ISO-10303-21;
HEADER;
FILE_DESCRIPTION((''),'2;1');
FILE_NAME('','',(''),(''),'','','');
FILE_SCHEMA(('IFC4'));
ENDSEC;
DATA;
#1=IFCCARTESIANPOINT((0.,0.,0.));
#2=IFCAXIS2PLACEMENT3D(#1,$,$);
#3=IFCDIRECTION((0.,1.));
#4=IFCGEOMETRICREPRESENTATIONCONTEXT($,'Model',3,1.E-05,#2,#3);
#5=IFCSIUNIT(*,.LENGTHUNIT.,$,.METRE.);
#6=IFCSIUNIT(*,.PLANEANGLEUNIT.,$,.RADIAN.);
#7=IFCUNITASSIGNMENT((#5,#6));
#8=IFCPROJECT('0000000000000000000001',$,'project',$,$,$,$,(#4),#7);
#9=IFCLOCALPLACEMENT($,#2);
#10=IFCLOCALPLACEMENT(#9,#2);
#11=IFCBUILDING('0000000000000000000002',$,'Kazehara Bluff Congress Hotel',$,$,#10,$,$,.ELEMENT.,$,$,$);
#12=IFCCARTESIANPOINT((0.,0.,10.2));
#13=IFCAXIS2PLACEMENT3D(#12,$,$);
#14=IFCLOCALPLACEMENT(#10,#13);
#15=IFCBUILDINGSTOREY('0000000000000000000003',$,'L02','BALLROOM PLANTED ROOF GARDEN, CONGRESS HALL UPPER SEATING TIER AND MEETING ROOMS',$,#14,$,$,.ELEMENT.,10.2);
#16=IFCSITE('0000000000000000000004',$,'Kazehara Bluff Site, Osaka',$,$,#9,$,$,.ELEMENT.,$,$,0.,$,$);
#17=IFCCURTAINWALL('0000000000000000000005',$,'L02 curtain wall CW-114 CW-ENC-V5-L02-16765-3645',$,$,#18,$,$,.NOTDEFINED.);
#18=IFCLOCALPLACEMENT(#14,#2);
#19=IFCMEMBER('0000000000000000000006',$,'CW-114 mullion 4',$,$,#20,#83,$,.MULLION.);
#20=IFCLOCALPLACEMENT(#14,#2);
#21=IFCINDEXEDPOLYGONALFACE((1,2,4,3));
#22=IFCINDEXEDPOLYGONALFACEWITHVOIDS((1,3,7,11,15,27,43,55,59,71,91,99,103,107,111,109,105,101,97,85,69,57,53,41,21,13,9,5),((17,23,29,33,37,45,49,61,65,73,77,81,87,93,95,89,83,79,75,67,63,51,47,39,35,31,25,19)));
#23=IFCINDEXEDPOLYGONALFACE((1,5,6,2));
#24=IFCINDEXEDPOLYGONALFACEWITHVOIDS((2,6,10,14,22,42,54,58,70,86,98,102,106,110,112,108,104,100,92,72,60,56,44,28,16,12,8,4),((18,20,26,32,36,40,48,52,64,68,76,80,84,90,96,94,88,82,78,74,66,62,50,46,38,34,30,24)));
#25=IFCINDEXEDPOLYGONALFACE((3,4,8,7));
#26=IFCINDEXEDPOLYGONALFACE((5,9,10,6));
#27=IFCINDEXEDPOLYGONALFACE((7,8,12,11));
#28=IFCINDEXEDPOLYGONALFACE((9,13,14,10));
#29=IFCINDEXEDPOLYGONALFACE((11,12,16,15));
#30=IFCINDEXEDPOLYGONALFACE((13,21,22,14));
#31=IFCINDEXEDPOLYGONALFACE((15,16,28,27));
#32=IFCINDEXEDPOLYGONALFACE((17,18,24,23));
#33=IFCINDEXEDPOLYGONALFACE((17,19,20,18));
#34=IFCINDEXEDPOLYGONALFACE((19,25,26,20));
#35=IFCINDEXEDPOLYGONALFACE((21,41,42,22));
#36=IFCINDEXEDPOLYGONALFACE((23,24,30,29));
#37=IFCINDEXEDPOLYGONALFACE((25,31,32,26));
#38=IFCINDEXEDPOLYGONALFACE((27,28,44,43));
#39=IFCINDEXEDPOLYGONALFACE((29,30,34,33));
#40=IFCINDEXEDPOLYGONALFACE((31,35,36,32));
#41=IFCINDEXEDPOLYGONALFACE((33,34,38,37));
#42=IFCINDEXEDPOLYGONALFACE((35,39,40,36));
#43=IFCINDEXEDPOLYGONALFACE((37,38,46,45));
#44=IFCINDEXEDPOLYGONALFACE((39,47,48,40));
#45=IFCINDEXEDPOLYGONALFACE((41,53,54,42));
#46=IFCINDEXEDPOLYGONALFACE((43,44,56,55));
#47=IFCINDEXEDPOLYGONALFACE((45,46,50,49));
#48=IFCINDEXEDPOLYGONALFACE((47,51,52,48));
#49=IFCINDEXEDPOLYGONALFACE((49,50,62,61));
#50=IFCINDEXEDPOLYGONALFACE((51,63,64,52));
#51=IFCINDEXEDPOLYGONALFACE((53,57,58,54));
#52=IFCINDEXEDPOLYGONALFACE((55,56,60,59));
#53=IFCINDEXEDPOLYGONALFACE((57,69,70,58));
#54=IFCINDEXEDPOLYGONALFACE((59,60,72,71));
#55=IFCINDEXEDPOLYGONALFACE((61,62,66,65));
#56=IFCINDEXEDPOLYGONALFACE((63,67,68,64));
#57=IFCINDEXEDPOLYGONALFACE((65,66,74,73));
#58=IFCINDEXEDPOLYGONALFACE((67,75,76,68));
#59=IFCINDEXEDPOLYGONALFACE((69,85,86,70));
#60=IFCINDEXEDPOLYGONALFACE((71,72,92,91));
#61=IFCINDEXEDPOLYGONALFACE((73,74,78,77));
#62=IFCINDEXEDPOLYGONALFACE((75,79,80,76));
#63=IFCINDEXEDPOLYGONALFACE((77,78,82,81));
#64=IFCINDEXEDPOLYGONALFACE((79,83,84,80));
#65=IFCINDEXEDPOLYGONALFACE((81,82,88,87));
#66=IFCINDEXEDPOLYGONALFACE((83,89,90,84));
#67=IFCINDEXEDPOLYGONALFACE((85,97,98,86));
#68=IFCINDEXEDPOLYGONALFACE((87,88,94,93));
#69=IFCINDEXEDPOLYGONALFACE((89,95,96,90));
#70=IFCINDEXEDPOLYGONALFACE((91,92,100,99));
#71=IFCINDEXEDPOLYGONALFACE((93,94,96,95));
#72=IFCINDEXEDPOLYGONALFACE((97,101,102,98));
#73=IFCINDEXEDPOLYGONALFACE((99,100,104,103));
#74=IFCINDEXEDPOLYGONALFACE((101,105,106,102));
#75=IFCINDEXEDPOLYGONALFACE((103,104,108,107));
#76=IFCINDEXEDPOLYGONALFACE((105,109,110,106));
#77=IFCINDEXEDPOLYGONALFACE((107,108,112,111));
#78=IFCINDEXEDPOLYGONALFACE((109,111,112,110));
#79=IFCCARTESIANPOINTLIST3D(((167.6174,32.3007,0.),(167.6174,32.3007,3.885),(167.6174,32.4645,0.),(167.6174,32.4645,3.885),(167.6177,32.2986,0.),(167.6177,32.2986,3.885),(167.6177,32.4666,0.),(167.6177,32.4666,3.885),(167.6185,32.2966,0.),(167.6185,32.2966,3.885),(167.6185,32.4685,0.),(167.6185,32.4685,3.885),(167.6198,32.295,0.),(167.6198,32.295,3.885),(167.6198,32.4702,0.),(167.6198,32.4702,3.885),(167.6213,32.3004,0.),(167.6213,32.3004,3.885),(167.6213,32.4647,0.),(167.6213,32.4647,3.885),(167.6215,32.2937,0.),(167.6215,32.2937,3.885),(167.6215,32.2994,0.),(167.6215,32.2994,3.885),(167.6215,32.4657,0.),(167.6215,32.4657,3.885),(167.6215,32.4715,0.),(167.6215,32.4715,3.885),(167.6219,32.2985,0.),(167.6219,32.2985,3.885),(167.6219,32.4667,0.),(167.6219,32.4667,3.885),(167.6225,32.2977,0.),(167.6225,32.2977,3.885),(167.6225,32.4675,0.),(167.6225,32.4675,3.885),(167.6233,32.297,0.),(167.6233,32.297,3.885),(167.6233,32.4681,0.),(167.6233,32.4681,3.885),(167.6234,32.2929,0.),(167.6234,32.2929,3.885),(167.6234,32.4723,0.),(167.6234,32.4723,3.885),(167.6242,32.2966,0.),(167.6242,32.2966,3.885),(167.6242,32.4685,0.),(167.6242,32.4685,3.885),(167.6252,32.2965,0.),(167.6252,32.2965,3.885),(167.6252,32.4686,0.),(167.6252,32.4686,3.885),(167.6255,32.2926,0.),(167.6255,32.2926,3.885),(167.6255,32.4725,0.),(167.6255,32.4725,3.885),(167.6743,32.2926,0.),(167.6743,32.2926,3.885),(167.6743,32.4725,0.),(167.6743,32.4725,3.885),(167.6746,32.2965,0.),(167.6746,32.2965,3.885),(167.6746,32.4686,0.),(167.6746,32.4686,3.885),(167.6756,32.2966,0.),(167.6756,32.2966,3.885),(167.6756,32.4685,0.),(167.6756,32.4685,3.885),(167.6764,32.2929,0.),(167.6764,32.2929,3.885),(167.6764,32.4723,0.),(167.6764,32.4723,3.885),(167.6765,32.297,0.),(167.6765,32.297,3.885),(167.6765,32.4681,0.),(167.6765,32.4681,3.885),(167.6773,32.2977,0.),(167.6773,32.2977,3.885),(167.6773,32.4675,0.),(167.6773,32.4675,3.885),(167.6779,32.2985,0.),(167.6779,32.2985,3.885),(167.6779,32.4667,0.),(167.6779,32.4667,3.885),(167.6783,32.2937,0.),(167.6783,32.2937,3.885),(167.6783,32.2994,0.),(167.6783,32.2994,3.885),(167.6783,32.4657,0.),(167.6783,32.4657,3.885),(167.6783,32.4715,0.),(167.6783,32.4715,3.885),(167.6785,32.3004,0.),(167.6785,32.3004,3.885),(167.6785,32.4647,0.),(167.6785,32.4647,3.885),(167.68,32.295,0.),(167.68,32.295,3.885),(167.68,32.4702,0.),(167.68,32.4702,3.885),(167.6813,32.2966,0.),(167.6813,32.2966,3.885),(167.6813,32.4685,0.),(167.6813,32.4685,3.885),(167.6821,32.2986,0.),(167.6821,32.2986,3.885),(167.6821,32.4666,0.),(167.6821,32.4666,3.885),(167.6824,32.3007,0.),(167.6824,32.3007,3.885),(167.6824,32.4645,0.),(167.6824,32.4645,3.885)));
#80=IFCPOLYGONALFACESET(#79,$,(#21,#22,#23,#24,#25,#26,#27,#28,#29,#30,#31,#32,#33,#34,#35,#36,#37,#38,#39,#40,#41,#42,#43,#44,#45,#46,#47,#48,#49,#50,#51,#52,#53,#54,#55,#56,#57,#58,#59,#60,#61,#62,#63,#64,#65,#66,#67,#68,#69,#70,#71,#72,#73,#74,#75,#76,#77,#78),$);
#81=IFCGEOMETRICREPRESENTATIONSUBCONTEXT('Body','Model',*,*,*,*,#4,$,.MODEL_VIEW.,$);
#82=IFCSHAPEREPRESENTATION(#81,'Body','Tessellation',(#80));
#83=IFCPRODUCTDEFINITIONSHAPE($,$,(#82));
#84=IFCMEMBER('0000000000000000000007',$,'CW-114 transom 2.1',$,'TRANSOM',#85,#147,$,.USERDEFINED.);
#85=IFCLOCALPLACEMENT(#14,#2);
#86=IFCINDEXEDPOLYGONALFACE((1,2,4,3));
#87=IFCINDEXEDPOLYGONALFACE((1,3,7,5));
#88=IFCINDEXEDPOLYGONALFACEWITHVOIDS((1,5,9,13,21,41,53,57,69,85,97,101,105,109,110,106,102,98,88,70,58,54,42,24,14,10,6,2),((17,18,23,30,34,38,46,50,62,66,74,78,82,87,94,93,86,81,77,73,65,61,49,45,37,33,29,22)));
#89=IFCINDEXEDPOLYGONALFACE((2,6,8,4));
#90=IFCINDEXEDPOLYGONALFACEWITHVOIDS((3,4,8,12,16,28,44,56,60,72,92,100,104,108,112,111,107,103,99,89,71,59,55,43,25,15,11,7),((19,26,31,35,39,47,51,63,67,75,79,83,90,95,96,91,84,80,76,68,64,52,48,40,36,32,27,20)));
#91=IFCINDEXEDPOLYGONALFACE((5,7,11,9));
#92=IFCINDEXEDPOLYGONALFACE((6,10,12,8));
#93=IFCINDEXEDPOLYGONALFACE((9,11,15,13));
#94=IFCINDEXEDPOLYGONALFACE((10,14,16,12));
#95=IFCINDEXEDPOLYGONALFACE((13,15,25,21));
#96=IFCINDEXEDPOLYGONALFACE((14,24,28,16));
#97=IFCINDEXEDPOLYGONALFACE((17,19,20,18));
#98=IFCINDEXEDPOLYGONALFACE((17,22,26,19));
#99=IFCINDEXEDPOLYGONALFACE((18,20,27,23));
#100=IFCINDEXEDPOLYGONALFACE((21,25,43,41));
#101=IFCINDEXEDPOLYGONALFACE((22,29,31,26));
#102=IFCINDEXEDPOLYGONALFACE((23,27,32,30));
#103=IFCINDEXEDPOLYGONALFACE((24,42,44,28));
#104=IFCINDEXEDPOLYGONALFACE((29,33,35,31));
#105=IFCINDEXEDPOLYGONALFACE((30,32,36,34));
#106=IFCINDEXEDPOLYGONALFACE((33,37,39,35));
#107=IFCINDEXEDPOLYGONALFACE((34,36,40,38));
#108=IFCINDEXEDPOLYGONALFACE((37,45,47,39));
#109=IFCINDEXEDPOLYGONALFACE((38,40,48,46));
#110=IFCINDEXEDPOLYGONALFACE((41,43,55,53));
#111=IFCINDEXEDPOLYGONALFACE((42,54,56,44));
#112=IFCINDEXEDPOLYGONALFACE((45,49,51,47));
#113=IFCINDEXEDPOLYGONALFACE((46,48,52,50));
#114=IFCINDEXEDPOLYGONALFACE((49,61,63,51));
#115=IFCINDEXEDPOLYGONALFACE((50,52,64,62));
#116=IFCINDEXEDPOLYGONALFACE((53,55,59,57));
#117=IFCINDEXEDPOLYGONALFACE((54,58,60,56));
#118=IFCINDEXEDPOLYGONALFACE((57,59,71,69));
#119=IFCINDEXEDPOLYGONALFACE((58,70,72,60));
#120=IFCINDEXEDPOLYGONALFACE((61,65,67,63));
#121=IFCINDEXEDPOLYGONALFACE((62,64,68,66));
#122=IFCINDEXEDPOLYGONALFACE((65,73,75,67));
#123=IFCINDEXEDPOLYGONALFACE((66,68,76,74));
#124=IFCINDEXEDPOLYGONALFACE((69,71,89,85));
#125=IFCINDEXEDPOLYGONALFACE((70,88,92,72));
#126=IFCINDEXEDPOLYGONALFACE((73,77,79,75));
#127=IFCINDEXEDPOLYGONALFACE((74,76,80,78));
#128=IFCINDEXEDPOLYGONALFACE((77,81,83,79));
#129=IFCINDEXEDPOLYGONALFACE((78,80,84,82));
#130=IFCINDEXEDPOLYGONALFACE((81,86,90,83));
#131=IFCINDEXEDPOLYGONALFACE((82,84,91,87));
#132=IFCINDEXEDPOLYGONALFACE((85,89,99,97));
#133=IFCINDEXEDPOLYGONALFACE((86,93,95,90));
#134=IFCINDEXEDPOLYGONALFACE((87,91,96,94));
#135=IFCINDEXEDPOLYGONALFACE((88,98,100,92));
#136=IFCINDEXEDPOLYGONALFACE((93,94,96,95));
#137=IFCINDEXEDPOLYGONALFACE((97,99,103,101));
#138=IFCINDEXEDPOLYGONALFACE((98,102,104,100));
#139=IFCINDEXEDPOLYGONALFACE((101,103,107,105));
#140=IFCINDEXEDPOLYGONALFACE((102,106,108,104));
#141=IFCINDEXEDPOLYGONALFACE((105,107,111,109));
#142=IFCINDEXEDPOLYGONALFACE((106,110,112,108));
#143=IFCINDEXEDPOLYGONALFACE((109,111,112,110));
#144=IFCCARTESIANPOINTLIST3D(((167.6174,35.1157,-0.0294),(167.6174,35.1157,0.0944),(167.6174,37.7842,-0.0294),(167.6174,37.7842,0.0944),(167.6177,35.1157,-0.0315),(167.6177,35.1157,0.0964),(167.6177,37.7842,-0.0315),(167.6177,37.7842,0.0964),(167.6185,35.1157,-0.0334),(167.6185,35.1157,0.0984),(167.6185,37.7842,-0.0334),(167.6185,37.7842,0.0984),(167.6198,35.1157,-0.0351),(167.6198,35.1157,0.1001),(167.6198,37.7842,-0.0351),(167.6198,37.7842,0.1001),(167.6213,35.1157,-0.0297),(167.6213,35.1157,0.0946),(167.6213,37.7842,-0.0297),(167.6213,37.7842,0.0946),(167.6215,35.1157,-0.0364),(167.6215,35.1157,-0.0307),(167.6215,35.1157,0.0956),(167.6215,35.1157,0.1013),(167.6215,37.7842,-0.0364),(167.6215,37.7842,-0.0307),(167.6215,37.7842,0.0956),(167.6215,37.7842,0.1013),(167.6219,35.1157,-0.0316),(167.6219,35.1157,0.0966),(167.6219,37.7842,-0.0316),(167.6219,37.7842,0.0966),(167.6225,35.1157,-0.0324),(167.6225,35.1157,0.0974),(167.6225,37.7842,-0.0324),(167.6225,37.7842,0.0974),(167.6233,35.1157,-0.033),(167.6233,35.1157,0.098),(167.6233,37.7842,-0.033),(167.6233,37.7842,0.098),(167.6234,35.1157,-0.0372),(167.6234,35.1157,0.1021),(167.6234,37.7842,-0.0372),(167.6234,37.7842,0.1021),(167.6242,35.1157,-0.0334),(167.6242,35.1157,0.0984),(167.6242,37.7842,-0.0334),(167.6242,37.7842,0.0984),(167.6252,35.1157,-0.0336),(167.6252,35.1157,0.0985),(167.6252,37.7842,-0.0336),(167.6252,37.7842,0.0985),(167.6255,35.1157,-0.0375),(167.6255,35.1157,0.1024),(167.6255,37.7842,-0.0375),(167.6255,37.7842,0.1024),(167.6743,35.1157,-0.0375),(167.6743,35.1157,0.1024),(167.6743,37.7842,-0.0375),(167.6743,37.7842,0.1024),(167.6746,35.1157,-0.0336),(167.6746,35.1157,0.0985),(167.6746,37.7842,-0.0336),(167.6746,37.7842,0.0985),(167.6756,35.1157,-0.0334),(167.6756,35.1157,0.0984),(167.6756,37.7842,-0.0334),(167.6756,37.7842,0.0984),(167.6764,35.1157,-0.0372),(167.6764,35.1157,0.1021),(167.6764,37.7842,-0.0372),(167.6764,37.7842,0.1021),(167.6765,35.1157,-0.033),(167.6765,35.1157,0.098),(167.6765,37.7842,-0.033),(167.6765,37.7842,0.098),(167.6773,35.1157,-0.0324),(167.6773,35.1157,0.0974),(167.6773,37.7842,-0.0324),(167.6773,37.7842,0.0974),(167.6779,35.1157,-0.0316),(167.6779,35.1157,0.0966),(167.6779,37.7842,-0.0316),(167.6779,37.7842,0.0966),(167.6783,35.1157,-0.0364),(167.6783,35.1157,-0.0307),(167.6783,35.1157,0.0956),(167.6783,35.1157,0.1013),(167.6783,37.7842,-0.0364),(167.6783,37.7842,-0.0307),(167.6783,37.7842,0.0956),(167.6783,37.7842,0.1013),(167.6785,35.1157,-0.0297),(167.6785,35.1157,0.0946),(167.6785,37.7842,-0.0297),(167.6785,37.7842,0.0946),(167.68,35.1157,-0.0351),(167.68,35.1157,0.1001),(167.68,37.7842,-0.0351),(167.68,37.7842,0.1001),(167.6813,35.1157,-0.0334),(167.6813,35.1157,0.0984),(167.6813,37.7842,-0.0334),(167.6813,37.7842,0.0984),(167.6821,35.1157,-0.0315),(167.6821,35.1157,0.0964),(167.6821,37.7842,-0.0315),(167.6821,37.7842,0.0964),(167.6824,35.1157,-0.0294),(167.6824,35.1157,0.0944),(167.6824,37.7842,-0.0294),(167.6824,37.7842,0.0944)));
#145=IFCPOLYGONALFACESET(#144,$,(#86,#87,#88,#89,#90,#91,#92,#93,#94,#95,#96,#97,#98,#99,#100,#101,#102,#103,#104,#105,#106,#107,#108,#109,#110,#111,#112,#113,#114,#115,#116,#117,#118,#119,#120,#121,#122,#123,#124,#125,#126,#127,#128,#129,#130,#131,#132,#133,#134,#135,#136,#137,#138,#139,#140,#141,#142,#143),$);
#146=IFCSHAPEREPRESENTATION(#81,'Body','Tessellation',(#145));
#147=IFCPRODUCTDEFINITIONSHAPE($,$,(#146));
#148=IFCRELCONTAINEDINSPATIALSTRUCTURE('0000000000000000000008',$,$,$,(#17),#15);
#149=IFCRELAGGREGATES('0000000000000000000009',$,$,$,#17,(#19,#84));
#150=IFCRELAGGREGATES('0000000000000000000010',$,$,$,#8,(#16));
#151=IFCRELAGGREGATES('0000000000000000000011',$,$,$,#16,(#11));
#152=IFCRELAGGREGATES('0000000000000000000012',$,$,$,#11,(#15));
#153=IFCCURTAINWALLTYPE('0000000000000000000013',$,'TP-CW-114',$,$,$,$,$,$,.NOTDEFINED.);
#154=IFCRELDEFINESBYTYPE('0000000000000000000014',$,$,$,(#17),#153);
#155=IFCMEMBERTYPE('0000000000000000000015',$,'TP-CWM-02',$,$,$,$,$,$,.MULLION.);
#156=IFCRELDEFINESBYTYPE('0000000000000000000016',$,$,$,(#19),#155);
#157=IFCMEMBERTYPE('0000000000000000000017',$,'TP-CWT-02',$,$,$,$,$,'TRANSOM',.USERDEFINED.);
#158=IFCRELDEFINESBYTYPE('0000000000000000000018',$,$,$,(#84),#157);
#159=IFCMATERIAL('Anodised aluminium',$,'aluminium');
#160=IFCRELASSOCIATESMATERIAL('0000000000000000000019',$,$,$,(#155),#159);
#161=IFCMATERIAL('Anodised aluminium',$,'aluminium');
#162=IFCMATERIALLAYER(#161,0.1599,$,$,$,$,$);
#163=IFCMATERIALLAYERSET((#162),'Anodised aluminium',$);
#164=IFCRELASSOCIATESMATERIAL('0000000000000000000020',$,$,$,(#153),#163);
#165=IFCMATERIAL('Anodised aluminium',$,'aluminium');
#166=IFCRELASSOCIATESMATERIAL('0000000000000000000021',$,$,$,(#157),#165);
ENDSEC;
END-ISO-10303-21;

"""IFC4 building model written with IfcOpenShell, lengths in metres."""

from ifc_helpers import new_model, si_unit, direction, frame, origin, origin_2d, place, context, subcontext, project, spatial, hollow_rectangle, extrude, material, layer, layer_set, material_profile, profile_set, type_object, element, aggregate, save


model = new_model("IFC4")

# Units and contexts
model_context = context("Model", 3, precision=1e-05, world=origin(), true_north=direction((0.0, 1.0)))
body_context = subcontext(model_context, "Body", "Model", "MODEL_VIEW")
ifc_project = project(units=[si_unit("LENGTHUNIT", "METRE"), si_unit("PLANEANGLEUNIT", "RADIAN")], contexts=[model_context])

# Site, building, storey
site_placement = place(None, origin())
site = spatial("IfcSite", under=ifc_project, at=site_placement, Name="Kazehara Bluff Site, Osaka", CompositionType="ELEMENT", RefElevation=0.0)
building_placement = place(site_placement, origin())
building = spatial("IfcBuilding", under=site, at=building_placement, Name="Kazehara Bluff Congress Hotel", CompositionType="ELEMENT")
storey_placement = place(building_placement, frame((0.0, 0.0, 10.2)))
storey = spatial("IfcBuildingStorey", under=building, at=storey_placement, Name="L02", Description="BALLROOM PLANTED ROOF GARDEN, CONGRESS HALL UPPER SEATING TIER AND MEETING ROOMS", CompositionType="ELEMENT", Elevation=10.2)

# Shared definitions
ifc_material_1 = material(Name="Anodised aluminium", Category="aluminium")
ifc_material_profile_1 = material_profile(ifc_material_1, hollow_rectangle(XDim=0.0649, YDim=0.1799, WallThickness=0.0039, InnerFilletRadius=0.0039, OuterFilletRadius=0.0081, at=origin_2d()))
ifc_profile_set_1 = profile_set([ifc_material_profile_1], Name="Anodised aluminium")
member_type_1 = type_object("IfcMemberType", Name="TP-CWM-02", PredefinedType="MULLION", material=ifc_profile_set_1)

# Curtain wall, members
ifc_material_2 = material(Name="Anodised aluminium", Category="aluminium")
ifc_layer_1 = layer(ifc_material_2, 0.1599)
ifc_layer_set_1 = layer_set([ifc_layer_1], Name="Anodised aluminium")
curtain_wall_type_1 = type_object("IfcCurtainWallType", Name="TP-CW-114", PredefinedType="NOTDEFINED", material=ifc_layer_set_1)
curtain_wall_1_placement = place(storey_placement, origin())
curtain_wall_1 = element("IfcCurtainWall", 1, at=curtain_wall_1_placement, inside=storey, type_object=curtain_wall_type_1, Name="L02 curtain wall CW-114 CW-ENC-V5-L02-16765-3645", PredefinedType="NOTDEFINED")
member_1_placement = place(storey_placement, frame((167.6499, 32.3826, 0.0), z_axis=(0.0, 0.0, 1.0), x_axis=(1.0, 0.0, 0.0)))
member_1 = element("IfcMember", 2, at=member_1_placement, type_object=member_type_1, Name="CW-114 mullion 4", PredefinedType="MULLION", context=body_context, shape_type="SweptSolid", body=[
    extrude(hollow_rectangle(XDim=0.0649, YDim=0.1799, WallThickness=0.0039, InnerFilletRadius=0.0039, OuterFilletRadius=0.0081, at=origin_2d()), origin(), (0.0, 0.0, 1.0), 3.885),
])
ifc_material_3 = material(Name="Anodised aluminium", Category="aluminium")
ifc_material_profile_2 = material_profile(ifc_material_3, hollow_rectangle(XDim=0.0649, YDim=0.1399, WallThickness=0.0039, InnerFilletRadius=0.0039, OuterFilletRadius=0.0081, at=origin_2d()))
ifc_profile_set_2 = profile_set([ifc_material_profile_2], Name="Anodised aluminium")
member_type_2 = type_object("IfcMemberType", Name="TP-CWT-02", ElementType="TRANSOM", PredefinedType="USERDEFINED", material=ifc_profile_set_2)
member_2_placement = place(storey_placement, frame((167.6499, 37.7842, 0.0325), z_axis=(0.0, -1.0, 0.0), x_axis=(1.0, 0.0, 0.0)))
member_2 = element("IfcMember", 3, at=member_2_placement, type_object=member_type_2, Name="CW-114 transom 2.1", ObjectType="TRANSOM", PredefinedType="USERDEFINED", context=body_context, shape_type="SweptSolid", body=[
    extrude(hollow_rectangle(XDim=0.0649, YDim=0.1399, WallThickness=0.0039, InnerFilletRadius=0.0039, OuterFilletRadius=0.0081, at=origin_2d()), origin(), (0.0, 0.0, 1.0), 2.6685),
])

aggregate(curtain_wall_1, [member_1, member_2])

save(model, "model.ifc")
